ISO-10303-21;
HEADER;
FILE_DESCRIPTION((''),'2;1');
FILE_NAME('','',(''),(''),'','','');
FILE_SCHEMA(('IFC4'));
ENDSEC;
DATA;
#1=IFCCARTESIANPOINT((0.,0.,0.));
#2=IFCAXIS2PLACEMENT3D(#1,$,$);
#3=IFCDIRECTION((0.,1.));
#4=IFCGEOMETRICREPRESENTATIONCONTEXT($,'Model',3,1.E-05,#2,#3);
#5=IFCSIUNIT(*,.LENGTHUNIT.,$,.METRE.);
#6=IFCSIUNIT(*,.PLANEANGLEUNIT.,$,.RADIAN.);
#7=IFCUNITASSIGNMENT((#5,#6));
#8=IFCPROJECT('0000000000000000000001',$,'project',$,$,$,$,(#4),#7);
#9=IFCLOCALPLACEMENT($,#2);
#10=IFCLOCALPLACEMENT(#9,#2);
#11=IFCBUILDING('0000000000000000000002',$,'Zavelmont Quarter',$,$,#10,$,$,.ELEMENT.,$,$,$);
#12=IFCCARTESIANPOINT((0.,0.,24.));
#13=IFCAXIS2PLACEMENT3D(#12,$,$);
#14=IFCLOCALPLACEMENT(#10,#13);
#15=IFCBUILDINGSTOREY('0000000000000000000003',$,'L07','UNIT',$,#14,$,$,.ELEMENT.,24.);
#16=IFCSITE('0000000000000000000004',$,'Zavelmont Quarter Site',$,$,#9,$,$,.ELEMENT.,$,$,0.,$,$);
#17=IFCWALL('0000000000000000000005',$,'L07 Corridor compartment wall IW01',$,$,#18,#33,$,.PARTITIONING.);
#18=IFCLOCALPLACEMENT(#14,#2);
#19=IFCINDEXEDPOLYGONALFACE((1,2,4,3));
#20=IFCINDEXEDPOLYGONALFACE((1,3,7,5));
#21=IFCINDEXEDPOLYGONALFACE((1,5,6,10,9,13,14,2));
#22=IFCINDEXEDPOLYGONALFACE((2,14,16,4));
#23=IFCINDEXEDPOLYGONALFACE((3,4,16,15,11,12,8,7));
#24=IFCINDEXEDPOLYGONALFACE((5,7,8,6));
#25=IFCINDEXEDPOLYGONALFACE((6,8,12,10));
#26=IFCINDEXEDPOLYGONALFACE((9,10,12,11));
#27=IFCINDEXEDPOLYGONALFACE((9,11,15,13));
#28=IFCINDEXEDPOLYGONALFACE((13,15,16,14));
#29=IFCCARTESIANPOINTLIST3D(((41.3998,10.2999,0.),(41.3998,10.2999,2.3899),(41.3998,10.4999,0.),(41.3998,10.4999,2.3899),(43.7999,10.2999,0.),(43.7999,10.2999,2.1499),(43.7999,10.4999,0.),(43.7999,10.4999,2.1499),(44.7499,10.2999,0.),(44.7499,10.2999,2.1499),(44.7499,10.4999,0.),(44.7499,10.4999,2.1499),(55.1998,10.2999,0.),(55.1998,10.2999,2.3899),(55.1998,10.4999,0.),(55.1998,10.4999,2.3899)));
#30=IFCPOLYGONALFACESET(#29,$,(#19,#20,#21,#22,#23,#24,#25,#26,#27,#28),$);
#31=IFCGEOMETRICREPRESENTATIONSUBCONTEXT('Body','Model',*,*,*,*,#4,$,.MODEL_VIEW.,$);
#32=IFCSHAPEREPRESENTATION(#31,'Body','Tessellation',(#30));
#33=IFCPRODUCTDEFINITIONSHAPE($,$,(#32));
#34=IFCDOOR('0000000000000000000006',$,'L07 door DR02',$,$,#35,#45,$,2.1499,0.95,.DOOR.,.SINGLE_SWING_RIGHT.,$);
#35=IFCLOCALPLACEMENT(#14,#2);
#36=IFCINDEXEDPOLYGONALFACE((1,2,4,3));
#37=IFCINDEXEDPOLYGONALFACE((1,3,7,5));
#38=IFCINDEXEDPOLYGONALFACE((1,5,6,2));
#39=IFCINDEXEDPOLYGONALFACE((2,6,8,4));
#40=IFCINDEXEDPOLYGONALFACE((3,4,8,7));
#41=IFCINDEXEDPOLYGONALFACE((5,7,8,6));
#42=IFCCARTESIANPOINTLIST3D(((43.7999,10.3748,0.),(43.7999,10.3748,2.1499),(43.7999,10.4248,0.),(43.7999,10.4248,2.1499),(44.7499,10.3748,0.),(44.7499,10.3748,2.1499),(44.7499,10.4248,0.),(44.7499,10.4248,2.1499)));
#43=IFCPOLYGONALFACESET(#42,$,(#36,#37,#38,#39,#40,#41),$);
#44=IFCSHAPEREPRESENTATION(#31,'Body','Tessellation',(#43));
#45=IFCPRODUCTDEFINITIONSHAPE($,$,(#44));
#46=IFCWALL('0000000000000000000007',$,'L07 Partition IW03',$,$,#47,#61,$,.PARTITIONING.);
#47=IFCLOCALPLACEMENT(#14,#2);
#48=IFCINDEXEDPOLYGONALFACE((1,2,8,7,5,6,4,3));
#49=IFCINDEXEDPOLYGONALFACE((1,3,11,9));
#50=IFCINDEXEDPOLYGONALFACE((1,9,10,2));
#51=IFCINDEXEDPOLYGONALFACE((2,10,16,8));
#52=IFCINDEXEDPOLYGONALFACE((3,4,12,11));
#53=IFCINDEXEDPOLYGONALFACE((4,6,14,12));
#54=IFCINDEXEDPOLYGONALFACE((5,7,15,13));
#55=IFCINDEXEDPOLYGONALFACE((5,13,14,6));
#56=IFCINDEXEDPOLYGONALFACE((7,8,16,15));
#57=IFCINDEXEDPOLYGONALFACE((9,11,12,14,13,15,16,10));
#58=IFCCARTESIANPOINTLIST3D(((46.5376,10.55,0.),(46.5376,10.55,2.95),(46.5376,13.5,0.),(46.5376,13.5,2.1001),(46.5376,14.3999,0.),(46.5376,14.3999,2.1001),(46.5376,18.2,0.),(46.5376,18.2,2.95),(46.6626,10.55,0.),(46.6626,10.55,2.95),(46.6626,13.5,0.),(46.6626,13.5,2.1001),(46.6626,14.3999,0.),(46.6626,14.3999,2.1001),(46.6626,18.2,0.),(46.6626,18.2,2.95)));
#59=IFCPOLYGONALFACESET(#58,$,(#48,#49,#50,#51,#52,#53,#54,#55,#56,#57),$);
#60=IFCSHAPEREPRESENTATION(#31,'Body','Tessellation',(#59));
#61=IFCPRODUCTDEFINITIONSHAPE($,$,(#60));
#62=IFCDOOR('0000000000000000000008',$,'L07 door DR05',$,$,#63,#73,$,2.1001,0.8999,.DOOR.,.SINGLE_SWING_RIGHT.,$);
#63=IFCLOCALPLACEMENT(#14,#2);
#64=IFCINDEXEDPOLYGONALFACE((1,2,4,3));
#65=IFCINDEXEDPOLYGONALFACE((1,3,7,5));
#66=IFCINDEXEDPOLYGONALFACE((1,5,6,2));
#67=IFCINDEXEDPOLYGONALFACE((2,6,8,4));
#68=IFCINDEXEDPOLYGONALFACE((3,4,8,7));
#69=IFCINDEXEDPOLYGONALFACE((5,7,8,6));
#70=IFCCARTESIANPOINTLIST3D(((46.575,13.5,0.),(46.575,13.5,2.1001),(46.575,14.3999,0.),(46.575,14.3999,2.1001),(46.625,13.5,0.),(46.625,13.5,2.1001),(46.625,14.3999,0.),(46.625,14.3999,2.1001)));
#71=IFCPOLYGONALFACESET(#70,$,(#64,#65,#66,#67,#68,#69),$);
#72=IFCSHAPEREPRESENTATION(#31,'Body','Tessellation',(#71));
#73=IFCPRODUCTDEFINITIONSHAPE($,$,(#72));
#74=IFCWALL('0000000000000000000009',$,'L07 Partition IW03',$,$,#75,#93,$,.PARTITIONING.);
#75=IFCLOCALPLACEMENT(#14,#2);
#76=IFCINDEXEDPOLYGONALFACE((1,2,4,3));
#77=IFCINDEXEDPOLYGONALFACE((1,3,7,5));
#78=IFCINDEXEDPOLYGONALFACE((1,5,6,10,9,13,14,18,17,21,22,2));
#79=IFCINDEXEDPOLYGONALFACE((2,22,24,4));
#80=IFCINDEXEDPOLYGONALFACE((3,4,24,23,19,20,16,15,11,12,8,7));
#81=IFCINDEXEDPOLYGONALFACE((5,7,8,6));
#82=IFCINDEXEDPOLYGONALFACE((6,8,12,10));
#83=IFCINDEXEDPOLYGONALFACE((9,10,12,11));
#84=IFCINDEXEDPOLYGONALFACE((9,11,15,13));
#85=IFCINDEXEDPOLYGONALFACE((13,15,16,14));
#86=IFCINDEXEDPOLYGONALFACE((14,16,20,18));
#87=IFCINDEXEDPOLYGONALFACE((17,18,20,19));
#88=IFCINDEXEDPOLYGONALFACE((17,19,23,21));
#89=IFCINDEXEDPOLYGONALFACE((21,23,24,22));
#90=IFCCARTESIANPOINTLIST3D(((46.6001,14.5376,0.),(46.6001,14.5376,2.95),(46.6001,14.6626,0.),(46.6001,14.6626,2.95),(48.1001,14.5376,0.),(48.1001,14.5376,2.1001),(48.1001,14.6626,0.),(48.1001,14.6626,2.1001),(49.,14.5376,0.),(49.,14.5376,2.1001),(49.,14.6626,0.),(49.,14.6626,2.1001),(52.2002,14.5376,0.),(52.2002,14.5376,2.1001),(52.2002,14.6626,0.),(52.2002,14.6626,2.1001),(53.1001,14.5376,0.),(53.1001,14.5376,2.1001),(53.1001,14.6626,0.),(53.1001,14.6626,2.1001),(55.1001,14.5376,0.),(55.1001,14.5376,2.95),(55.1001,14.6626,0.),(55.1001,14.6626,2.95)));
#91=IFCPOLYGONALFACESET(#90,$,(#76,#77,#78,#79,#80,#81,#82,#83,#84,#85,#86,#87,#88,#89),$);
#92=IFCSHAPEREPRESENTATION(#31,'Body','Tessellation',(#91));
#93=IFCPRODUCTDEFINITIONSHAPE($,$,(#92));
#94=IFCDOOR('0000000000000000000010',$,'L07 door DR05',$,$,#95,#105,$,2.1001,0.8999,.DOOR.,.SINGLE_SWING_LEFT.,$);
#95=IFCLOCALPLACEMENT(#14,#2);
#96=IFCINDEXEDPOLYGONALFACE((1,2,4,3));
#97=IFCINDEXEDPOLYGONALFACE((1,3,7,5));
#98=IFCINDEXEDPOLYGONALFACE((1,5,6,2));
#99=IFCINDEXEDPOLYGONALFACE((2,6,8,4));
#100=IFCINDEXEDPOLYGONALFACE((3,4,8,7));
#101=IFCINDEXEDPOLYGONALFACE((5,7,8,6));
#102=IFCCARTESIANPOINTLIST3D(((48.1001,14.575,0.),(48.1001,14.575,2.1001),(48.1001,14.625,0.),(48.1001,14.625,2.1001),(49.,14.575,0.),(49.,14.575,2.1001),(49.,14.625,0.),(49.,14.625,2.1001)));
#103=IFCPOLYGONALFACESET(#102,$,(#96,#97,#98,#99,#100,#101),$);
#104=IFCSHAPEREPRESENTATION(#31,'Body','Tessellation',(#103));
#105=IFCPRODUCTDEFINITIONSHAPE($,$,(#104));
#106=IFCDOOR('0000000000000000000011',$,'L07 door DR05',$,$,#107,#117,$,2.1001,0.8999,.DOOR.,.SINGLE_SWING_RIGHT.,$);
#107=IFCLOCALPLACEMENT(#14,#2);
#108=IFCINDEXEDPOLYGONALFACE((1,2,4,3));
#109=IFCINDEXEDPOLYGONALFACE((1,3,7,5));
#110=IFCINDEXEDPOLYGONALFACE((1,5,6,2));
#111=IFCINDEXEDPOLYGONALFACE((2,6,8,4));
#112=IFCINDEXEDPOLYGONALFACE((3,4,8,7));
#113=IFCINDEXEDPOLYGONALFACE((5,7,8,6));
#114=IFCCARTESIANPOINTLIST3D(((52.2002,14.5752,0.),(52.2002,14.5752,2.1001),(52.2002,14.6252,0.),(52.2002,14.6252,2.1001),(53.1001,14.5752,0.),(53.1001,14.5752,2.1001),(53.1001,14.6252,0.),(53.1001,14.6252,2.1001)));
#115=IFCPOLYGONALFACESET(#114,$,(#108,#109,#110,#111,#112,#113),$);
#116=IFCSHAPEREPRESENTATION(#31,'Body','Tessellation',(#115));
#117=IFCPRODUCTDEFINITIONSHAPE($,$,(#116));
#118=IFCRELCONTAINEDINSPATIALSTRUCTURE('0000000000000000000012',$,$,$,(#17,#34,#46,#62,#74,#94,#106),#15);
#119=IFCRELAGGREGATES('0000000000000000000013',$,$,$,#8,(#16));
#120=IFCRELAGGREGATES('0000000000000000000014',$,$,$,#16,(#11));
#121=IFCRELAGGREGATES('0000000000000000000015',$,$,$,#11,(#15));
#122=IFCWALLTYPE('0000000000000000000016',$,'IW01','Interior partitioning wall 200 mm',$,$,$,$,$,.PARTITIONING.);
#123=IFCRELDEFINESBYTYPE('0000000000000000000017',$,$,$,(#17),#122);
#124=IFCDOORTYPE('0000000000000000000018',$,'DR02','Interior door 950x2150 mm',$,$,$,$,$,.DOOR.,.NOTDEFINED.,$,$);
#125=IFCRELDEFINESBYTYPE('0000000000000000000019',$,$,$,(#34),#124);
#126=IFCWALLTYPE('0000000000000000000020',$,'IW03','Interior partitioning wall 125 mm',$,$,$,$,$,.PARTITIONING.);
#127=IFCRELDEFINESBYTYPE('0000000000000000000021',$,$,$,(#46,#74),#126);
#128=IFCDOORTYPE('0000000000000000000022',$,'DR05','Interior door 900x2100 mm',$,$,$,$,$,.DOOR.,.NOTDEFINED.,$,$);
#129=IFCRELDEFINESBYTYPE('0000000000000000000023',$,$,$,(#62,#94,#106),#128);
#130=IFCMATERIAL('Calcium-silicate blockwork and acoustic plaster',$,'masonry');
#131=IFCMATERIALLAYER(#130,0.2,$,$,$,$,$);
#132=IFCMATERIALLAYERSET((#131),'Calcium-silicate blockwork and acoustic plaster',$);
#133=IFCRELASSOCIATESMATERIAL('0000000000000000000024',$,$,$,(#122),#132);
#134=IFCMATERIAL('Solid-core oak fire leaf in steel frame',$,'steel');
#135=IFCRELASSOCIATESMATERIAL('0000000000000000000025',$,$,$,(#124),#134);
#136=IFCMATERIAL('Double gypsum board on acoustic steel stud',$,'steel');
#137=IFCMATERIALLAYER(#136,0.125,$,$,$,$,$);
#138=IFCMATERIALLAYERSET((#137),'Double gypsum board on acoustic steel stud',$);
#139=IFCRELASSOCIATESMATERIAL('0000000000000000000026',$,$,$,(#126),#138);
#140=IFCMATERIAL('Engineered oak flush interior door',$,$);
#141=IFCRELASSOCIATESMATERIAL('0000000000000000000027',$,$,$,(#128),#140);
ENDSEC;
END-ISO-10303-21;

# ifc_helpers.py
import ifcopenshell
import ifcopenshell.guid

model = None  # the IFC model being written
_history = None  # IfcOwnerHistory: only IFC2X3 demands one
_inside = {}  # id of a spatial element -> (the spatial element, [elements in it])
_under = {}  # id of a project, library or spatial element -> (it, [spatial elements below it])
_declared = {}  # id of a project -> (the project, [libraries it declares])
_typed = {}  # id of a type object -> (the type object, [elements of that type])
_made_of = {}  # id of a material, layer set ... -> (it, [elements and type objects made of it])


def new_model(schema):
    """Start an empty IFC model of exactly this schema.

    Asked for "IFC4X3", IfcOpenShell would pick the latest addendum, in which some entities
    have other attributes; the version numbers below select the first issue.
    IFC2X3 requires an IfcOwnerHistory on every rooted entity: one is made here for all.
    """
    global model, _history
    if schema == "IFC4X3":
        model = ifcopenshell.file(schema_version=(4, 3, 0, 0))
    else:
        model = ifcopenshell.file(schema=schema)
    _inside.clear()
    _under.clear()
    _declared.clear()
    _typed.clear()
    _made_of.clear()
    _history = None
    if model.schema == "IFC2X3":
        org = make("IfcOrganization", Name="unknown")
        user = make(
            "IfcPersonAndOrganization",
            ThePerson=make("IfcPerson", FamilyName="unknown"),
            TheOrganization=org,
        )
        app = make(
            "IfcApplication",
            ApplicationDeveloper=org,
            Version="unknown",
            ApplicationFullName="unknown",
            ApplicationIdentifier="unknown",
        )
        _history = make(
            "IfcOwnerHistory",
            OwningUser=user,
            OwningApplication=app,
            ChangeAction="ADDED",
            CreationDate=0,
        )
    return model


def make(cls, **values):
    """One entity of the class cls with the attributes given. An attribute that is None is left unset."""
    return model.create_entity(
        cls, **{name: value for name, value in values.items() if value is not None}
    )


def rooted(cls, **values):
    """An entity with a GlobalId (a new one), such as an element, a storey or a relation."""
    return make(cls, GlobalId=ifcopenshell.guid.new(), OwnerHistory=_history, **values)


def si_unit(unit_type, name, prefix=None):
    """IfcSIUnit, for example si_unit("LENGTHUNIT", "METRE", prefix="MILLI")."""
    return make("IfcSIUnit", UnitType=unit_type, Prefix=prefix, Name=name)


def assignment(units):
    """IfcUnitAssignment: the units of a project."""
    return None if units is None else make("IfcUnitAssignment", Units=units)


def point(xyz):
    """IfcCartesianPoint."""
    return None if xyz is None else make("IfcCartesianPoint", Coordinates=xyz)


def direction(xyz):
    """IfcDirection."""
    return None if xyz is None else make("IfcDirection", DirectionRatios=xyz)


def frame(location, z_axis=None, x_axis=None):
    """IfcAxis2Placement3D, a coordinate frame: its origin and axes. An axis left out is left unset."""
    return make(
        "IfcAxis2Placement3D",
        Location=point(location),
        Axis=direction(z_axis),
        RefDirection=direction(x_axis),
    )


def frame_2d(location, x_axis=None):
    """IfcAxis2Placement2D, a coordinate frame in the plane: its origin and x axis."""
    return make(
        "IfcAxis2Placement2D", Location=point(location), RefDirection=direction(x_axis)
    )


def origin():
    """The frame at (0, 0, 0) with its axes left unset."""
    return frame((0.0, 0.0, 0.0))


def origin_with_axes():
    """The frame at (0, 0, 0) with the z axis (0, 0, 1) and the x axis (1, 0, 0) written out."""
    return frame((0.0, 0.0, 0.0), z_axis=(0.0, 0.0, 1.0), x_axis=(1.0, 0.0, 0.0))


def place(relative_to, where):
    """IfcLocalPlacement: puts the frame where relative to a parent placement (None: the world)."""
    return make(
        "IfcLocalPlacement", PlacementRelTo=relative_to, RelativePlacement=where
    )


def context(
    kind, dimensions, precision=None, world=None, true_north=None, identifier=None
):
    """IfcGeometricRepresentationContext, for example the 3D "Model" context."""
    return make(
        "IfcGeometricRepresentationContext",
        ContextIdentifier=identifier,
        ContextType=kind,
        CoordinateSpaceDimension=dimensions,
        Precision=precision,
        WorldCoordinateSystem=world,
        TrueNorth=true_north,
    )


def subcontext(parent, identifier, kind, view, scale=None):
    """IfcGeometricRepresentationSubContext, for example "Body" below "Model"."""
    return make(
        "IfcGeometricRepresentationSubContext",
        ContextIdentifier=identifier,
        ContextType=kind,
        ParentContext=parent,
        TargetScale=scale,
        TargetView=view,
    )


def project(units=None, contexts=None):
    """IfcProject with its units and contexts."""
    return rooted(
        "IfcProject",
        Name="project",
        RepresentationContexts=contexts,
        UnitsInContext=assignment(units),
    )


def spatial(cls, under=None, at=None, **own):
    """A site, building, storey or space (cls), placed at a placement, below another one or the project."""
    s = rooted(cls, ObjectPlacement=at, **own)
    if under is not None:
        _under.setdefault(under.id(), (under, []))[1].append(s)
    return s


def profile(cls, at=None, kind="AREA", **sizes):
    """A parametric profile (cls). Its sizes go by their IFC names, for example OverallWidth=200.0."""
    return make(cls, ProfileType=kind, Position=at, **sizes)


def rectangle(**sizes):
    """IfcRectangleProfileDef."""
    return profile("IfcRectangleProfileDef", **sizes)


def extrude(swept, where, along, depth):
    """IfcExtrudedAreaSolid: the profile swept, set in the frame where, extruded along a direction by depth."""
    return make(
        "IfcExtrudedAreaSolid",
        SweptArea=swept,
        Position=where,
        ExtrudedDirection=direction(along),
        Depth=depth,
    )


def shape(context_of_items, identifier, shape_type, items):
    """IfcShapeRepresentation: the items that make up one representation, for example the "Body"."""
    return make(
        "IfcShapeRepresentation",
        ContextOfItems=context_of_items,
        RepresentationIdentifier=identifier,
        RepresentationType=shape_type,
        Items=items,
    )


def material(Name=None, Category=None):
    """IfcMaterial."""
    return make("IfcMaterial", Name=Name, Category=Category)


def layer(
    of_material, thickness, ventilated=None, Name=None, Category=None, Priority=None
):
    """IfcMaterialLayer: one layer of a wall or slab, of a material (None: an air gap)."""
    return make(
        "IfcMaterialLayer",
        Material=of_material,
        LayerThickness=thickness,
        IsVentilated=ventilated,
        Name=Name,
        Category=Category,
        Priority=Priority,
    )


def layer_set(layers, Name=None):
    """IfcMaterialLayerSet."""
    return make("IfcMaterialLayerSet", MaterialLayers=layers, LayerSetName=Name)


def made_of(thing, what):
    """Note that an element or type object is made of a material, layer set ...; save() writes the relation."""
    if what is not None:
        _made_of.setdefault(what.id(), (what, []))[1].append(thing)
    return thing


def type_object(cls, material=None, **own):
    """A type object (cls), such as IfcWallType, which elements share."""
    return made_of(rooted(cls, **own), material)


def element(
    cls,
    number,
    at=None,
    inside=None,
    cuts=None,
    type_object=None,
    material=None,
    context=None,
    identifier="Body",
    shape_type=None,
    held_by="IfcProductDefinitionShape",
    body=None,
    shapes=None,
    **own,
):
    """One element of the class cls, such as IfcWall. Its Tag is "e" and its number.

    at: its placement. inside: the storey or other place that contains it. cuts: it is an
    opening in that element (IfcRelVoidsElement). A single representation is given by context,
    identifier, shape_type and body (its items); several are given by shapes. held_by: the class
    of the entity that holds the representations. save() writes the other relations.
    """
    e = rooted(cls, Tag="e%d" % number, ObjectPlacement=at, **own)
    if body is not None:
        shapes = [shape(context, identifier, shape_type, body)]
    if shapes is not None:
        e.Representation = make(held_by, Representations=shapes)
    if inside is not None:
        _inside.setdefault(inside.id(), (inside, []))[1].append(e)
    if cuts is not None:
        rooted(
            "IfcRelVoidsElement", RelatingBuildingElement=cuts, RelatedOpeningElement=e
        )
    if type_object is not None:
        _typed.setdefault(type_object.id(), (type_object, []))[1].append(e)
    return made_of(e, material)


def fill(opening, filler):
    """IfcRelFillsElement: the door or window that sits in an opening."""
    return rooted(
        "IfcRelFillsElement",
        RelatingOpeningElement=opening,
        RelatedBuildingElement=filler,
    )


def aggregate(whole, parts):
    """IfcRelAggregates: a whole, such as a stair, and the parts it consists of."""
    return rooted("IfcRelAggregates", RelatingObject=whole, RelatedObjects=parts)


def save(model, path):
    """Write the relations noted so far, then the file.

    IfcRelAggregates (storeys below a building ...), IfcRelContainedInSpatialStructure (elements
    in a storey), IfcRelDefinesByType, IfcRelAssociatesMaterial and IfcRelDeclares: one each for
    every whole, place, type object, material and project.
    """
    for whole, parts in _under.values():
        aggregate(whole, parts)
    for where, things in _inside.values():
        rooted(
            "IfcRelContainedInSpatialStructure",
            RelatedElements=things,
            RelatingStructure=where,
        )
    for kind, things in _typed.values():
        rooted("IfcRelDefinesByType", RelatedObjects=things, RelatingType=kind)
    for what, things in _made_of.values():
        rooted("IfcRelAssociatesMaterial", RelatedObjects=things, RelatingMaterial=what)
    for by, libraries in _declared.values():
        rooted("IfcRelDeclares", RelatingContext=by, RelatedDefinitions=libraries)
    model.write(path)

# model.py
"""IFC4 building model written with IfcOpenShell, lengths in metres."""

from ifc_helpers import new_model, si_unit, direction, frame, frame_2d, origin, origin_with_axes, place, context, subcontext, project, spatial, rectangle, extrude, material, layer, layer_set, type_object, element, fill, save


model = new_model("IFC4")

# Units and contexts
model_context = context("Model", 3, precision=1e-05, world=origin(), true_north=direction((0.0, 1.0)))
body_context = subcontext(model_context, "Body", "Model", "MODEL_VIEW")
ifc_project = project(units=[si_unit("LENGTHUNIT", "METRE"), si_unit("PLANEANGLEUNIT", "RADIAN")], contexts=[model_context])

# Site, building, storey
site_placement = place(None, origin())
site = spatial("IfcSite", under=ifc_project, at=site_placement, Name="Zavelmont Quarter Site", CompositionType="ELEMENT", RefElevation=0.0)
building_placement = place(site_placement, origin())
building = spatial("IfcBuilding", under=site, at=building_placement, Name="Zavelmont Quarter", CompositionType="ELEMENT")
storey_placement = place(building_placement, frame((0.0, 0.0, 24.0)))
storey = spatial("IfcBuildingStorey", under=building, at=storey_placement, Name="L07", Description="UNIT", CompositionType="ELEMENT", Elevation=24.0)

# Shared definitions
ifc_material_1 = material(Name="Calcium-silicate blockwork and acoustic plaster", Category="masonry")
ifc_layer_1 = layer(ifc_material_1, 0.2)
ifc_layer_set_1 = layer_set([ifc_layer_1], Name="Calcium-silicate blockwork and acoustic plaster")
wall_type_1 = type_object("IfcWallType", Name="IW01", Description="Interior partitioning wall 200 mm", PredefinedType="PARTITIONING", material=ifc_layer_set_1)

# Walls, openings, doors
wall_1_placement = place(storey_placement, frame((41.3999, 10.3999, 0.0), z_axis=(0.0, 0.0, 1.0), x_axis=(1.0, 0.0, 0.0)))
wall_1 = element("IfcWall", 1, at=wall_1_placement, inside=storey, type_object=wall_type_1, Name="L07 Corridor compartment wall IW01", PredefinedType="PARTITIONING", context=body_context, shape_type="SweptSolid", body=[
    extrude(rectangle(XDim=13.8, YDim=0.2, at=frame_2d((6.8999, 0.0))), origin(), (0.0, 0.0, 1.0), 2.3899),
])
opening_1_placement = place(wall_1_placement, frame((2.3999, 0.0, 0.0)))
opening_1 = element("IfcOpeningElement", 2, at=opening_1_placement, cuts=wall_1, PredefinedType="OPENING", context=body_context, shape_type="SweptSolid", body=[
    extrude(rectangle(XDim=0.95, YDim=2.1499, at=frame_2d((0.4751, 1.075))), frame((0.0, 0.1118, 0.0), z_axis=(0.0, -1.0, 0.0), x_axis=(1.0, 0.0, 0.0)), (0.0, 0.0, 1.0), 0.2239),
])
ifc_material_2 = material(Name="Solid-core oak fire leaf in steel frame", Category="steel")
door_type_1 = type_object("IfcDoorType", Name="DR02", Description="Interior door 950x2150 mm", OperationType="NOTDEFINED", PredefinedType="DOOR", material=ifc_material_2)
door_1_placement = place(opening_1_placement, origin_with_axes())
door_1 = element("IfcDoor", 3, at=door_1_placement, inside=storey, type_object=door_type_1, Name="L07 door DR02", OperationType="SINGLE_SWING_RIGHT", OverallHeight=2.1499, OverallWidth=0.95, PredefinedType="DOOR", context=body_context, shape_type="SweptSolid", body=[
    extrude(rectangle(XDim=0.95, YDim=2.1499, at=frame_2d((0.4751, 1.075))), frame((0.0, 0.0249, 0.0), z_axis=(0.0, -1.0, 0.0), x_axis=(1.0, 0.0, 0.0)), (0.0, 0.0, 1.0), 0.05),
])
fill(opening_1, door_1)
ifc_material_3 = material(Name="Double gypsum board on acoustic steel stud", Category="steel")
ifc_layer_2 = layer(ifc_material_3, 0.125)
ifc_layer_set_2 = layer_set([ifc_layer_2], Name="Double gypsum board on acoustic steel stud")
wall_type_2 = type_object("IfcWallType", Name="IW03", Description="Interior partitioning wall 125 mm", PredefinedType="PARTITIONING", material=ifc_layer_set_2)
wall_2_placement = place(storey_placement, frame((46.6001, 10.55, 0.0), z_axis=(0.0, 0.0, 1.0), x_axis=(0.0, 1.0, 0.0)))
wall_2 = element("IfcWall", 4, at=wall_2_placement, inside=storey, type_object=wall_type_2, Name="L07 Partition IW03", PredefinedType="PARTITIONING", context=body_context, shape_type="SweptSolid", body=[
    extrude(rectangle(XDim=7.6499, YDim=0.125, at=frame_2d((3.825, 0.0))), origin(), (0.0, 0.0, 1.0), 2.95),
])
opening_2_placement = place(wall_2_placement, frame((2.95, 0.0, 0.0)))
opening_2 = element("IfcOpeningElement", 5, at=opening_2_placement, cuts=wall_2, PredefinedType="OPENING", context=body_context, shape_type="SweptSolid", body=[
    extrude(rectangle(XDim=0.8999, YDim=2.1001, at=frame_2d((0.45, 1.05))), frame((0.0, 0.0745, 0.0), z_axis=(0.0, -1.0, 0.0), x_axis=(1.0, 0.0, 0.0)), (0.0, 0.0, 1.0), 0.1489),
])
ifc_material_4 = material(Name="Engineered oak flush interior door")
door_type_2 = type_object("IfcDoorType", Name="DR05", Description="Interior door 900x2100 mm", OperationType="NOTDEFINED", PredefinedType="DOOR", material=ifc_material_4)
door_2_placement = place(opening_2_placement, frame((0.8999, 0.0, 0.0), z_axis=(0.0, 0.0, 1.0), x_axis=(-1.0, 0.0, 0.0)))
door_2 = element("IfcDoor", 6, at=door_2_placement, inside=storey, type_object=door_type_2, Name="L07 door DR05", OperationType="SINGLE_SWING_RIGHT", OverallHeight=2.1001, OverallWidth=0.8999, PredefinedType="DOOR", context=body_context, shape_type="SweptSolid", body=[
    extrude(rectangle(XDim=0.8999, YDim=2.1001, at=frame_2d((0.45, 1.05))), frame((0.0, 0.0249, 0.0), z_axis=(0.0, -1.0, 0.0), x_axis=(1.0, 0.0, 0.0)), (0.0, 0.0, 1.0), 0.05),
])
fill(opening_2, door_2)

# Wall, openings, doors
wall_3_placement = place(storey_placement, frame((46.6001, 14.6001, 0.0), z_axis=(0.0, 0.0, 1.0), x_axis=(1.0, 0.0, 0.0)))
wall_3 = element("IfcWall", 7, at=wall_3_placement, inside=storey, type_object=wall_type_2, Name="L07 Partition IW03", PredefinedType="PARTITIONING", context=body_context, shape_type="SweptSolid", body=[
    extrude(rectangle(XDim=8.5, YDim=0.125, at=frame_2d((4.25, 0.0))), origin(), (0.0, 0.0, 1.0), 2.95),
])
opening_3_placement = place(wall_3_placement, frame((1.5, 0.0, 0.0)))
opening_3 = element("IfcOpeningElement", 8, at=opening_3_placement, cuts=wall_3, PredefinedType="OPENING", context=body_context, shape_type="SweptSolid", body=[
    extrude(rectangle(XDim=0.8999, YDim=2.1001, at=frame_2d((0.45, 1.05))), frame((0.0, 0.0745, 0.0), z_axis=(0.0, -1.0, 0.0), x_axis=(1.0, 0.0, 0.0)), (0.0, 0.0, 1.0), 0.1489),
])
opening_4_placement = place(wall_3_placement, frame((5.6001, 0.0, 0.0)))
opening_4 = element("IfcOpeningElement", 9, at=opening_4_placement, cuts=wall_3, PredefinedType="OPENING", context=body_context, shape_type="SweptSolid", body=[
    extrude(rectangle(XDim=0.8999, YDim=2.1001, at=frame_2d((0.45, 1.05))), frame((0.0, 0.0745, 0.0), z_axis=(0.0, -1.0, 0.0), x_axis=(1.0, 0.0, 0.0)), (0.0, 0.0, 1.0), 0.1489),
])
door_3_placement = place(opening_3_placement, origin_with_axes())
door_3 = element("IfcDoor", 10, at=door_3_placement, inside=storey, type_object=door_type_2, Name="L07 door DR05", OperationType="SINGLE_SWING_LEFT", OverallHeight=2.1001, OverallWidth=0.8999, PredefinedType="DOOR", context=body_context, shape_type="SweptSolid", body=[
    extrude(rectangle(XDim=0.8999, YDim=2.1001, at=frame_2d((0.45, 1.05))), frame((0.0, 0.0249, 0.0), z_axis=(0.0, -1.0, 0.0), x_axis=(1.0, 0.0, 0.0)), (0.0, 0.0, 1.0), 0.05),
])
fill(opening_3, door_3)
door_4_placement = place(opening_4_placement, frame((0.8999, 0.0, 0.0), z_axis=(0.0, 0.0, 1.0), x_axis=(-1.0, 0.0, 0.0)))
door_4 = element("IfcDoor", 11, at=door_4_placement, inside=storey, type_object=door_type_2, Name="L07 door DR05", OperationType="SINGLE_SWING_RIGHT", OverallHeight=2.1001, OverallWidth=0.8999, PredefinedType="DOOR", context=body_context, shape_type="SweptSolid", body=[
    extrude(rectangle(XDim=0.8999, YDim=2.1001, at=frame_2d((0.45, 1.05))), frame((0.0, 0.0249, 0.0), z_axis=(0.0, -1.0, 0.0), x_axis=(1.0, 0.0, 0.0)), (0.0, 0.0, 1.0), 0.05),
])
fill(opening_4, door_4)

save(model, "model.ifc")
